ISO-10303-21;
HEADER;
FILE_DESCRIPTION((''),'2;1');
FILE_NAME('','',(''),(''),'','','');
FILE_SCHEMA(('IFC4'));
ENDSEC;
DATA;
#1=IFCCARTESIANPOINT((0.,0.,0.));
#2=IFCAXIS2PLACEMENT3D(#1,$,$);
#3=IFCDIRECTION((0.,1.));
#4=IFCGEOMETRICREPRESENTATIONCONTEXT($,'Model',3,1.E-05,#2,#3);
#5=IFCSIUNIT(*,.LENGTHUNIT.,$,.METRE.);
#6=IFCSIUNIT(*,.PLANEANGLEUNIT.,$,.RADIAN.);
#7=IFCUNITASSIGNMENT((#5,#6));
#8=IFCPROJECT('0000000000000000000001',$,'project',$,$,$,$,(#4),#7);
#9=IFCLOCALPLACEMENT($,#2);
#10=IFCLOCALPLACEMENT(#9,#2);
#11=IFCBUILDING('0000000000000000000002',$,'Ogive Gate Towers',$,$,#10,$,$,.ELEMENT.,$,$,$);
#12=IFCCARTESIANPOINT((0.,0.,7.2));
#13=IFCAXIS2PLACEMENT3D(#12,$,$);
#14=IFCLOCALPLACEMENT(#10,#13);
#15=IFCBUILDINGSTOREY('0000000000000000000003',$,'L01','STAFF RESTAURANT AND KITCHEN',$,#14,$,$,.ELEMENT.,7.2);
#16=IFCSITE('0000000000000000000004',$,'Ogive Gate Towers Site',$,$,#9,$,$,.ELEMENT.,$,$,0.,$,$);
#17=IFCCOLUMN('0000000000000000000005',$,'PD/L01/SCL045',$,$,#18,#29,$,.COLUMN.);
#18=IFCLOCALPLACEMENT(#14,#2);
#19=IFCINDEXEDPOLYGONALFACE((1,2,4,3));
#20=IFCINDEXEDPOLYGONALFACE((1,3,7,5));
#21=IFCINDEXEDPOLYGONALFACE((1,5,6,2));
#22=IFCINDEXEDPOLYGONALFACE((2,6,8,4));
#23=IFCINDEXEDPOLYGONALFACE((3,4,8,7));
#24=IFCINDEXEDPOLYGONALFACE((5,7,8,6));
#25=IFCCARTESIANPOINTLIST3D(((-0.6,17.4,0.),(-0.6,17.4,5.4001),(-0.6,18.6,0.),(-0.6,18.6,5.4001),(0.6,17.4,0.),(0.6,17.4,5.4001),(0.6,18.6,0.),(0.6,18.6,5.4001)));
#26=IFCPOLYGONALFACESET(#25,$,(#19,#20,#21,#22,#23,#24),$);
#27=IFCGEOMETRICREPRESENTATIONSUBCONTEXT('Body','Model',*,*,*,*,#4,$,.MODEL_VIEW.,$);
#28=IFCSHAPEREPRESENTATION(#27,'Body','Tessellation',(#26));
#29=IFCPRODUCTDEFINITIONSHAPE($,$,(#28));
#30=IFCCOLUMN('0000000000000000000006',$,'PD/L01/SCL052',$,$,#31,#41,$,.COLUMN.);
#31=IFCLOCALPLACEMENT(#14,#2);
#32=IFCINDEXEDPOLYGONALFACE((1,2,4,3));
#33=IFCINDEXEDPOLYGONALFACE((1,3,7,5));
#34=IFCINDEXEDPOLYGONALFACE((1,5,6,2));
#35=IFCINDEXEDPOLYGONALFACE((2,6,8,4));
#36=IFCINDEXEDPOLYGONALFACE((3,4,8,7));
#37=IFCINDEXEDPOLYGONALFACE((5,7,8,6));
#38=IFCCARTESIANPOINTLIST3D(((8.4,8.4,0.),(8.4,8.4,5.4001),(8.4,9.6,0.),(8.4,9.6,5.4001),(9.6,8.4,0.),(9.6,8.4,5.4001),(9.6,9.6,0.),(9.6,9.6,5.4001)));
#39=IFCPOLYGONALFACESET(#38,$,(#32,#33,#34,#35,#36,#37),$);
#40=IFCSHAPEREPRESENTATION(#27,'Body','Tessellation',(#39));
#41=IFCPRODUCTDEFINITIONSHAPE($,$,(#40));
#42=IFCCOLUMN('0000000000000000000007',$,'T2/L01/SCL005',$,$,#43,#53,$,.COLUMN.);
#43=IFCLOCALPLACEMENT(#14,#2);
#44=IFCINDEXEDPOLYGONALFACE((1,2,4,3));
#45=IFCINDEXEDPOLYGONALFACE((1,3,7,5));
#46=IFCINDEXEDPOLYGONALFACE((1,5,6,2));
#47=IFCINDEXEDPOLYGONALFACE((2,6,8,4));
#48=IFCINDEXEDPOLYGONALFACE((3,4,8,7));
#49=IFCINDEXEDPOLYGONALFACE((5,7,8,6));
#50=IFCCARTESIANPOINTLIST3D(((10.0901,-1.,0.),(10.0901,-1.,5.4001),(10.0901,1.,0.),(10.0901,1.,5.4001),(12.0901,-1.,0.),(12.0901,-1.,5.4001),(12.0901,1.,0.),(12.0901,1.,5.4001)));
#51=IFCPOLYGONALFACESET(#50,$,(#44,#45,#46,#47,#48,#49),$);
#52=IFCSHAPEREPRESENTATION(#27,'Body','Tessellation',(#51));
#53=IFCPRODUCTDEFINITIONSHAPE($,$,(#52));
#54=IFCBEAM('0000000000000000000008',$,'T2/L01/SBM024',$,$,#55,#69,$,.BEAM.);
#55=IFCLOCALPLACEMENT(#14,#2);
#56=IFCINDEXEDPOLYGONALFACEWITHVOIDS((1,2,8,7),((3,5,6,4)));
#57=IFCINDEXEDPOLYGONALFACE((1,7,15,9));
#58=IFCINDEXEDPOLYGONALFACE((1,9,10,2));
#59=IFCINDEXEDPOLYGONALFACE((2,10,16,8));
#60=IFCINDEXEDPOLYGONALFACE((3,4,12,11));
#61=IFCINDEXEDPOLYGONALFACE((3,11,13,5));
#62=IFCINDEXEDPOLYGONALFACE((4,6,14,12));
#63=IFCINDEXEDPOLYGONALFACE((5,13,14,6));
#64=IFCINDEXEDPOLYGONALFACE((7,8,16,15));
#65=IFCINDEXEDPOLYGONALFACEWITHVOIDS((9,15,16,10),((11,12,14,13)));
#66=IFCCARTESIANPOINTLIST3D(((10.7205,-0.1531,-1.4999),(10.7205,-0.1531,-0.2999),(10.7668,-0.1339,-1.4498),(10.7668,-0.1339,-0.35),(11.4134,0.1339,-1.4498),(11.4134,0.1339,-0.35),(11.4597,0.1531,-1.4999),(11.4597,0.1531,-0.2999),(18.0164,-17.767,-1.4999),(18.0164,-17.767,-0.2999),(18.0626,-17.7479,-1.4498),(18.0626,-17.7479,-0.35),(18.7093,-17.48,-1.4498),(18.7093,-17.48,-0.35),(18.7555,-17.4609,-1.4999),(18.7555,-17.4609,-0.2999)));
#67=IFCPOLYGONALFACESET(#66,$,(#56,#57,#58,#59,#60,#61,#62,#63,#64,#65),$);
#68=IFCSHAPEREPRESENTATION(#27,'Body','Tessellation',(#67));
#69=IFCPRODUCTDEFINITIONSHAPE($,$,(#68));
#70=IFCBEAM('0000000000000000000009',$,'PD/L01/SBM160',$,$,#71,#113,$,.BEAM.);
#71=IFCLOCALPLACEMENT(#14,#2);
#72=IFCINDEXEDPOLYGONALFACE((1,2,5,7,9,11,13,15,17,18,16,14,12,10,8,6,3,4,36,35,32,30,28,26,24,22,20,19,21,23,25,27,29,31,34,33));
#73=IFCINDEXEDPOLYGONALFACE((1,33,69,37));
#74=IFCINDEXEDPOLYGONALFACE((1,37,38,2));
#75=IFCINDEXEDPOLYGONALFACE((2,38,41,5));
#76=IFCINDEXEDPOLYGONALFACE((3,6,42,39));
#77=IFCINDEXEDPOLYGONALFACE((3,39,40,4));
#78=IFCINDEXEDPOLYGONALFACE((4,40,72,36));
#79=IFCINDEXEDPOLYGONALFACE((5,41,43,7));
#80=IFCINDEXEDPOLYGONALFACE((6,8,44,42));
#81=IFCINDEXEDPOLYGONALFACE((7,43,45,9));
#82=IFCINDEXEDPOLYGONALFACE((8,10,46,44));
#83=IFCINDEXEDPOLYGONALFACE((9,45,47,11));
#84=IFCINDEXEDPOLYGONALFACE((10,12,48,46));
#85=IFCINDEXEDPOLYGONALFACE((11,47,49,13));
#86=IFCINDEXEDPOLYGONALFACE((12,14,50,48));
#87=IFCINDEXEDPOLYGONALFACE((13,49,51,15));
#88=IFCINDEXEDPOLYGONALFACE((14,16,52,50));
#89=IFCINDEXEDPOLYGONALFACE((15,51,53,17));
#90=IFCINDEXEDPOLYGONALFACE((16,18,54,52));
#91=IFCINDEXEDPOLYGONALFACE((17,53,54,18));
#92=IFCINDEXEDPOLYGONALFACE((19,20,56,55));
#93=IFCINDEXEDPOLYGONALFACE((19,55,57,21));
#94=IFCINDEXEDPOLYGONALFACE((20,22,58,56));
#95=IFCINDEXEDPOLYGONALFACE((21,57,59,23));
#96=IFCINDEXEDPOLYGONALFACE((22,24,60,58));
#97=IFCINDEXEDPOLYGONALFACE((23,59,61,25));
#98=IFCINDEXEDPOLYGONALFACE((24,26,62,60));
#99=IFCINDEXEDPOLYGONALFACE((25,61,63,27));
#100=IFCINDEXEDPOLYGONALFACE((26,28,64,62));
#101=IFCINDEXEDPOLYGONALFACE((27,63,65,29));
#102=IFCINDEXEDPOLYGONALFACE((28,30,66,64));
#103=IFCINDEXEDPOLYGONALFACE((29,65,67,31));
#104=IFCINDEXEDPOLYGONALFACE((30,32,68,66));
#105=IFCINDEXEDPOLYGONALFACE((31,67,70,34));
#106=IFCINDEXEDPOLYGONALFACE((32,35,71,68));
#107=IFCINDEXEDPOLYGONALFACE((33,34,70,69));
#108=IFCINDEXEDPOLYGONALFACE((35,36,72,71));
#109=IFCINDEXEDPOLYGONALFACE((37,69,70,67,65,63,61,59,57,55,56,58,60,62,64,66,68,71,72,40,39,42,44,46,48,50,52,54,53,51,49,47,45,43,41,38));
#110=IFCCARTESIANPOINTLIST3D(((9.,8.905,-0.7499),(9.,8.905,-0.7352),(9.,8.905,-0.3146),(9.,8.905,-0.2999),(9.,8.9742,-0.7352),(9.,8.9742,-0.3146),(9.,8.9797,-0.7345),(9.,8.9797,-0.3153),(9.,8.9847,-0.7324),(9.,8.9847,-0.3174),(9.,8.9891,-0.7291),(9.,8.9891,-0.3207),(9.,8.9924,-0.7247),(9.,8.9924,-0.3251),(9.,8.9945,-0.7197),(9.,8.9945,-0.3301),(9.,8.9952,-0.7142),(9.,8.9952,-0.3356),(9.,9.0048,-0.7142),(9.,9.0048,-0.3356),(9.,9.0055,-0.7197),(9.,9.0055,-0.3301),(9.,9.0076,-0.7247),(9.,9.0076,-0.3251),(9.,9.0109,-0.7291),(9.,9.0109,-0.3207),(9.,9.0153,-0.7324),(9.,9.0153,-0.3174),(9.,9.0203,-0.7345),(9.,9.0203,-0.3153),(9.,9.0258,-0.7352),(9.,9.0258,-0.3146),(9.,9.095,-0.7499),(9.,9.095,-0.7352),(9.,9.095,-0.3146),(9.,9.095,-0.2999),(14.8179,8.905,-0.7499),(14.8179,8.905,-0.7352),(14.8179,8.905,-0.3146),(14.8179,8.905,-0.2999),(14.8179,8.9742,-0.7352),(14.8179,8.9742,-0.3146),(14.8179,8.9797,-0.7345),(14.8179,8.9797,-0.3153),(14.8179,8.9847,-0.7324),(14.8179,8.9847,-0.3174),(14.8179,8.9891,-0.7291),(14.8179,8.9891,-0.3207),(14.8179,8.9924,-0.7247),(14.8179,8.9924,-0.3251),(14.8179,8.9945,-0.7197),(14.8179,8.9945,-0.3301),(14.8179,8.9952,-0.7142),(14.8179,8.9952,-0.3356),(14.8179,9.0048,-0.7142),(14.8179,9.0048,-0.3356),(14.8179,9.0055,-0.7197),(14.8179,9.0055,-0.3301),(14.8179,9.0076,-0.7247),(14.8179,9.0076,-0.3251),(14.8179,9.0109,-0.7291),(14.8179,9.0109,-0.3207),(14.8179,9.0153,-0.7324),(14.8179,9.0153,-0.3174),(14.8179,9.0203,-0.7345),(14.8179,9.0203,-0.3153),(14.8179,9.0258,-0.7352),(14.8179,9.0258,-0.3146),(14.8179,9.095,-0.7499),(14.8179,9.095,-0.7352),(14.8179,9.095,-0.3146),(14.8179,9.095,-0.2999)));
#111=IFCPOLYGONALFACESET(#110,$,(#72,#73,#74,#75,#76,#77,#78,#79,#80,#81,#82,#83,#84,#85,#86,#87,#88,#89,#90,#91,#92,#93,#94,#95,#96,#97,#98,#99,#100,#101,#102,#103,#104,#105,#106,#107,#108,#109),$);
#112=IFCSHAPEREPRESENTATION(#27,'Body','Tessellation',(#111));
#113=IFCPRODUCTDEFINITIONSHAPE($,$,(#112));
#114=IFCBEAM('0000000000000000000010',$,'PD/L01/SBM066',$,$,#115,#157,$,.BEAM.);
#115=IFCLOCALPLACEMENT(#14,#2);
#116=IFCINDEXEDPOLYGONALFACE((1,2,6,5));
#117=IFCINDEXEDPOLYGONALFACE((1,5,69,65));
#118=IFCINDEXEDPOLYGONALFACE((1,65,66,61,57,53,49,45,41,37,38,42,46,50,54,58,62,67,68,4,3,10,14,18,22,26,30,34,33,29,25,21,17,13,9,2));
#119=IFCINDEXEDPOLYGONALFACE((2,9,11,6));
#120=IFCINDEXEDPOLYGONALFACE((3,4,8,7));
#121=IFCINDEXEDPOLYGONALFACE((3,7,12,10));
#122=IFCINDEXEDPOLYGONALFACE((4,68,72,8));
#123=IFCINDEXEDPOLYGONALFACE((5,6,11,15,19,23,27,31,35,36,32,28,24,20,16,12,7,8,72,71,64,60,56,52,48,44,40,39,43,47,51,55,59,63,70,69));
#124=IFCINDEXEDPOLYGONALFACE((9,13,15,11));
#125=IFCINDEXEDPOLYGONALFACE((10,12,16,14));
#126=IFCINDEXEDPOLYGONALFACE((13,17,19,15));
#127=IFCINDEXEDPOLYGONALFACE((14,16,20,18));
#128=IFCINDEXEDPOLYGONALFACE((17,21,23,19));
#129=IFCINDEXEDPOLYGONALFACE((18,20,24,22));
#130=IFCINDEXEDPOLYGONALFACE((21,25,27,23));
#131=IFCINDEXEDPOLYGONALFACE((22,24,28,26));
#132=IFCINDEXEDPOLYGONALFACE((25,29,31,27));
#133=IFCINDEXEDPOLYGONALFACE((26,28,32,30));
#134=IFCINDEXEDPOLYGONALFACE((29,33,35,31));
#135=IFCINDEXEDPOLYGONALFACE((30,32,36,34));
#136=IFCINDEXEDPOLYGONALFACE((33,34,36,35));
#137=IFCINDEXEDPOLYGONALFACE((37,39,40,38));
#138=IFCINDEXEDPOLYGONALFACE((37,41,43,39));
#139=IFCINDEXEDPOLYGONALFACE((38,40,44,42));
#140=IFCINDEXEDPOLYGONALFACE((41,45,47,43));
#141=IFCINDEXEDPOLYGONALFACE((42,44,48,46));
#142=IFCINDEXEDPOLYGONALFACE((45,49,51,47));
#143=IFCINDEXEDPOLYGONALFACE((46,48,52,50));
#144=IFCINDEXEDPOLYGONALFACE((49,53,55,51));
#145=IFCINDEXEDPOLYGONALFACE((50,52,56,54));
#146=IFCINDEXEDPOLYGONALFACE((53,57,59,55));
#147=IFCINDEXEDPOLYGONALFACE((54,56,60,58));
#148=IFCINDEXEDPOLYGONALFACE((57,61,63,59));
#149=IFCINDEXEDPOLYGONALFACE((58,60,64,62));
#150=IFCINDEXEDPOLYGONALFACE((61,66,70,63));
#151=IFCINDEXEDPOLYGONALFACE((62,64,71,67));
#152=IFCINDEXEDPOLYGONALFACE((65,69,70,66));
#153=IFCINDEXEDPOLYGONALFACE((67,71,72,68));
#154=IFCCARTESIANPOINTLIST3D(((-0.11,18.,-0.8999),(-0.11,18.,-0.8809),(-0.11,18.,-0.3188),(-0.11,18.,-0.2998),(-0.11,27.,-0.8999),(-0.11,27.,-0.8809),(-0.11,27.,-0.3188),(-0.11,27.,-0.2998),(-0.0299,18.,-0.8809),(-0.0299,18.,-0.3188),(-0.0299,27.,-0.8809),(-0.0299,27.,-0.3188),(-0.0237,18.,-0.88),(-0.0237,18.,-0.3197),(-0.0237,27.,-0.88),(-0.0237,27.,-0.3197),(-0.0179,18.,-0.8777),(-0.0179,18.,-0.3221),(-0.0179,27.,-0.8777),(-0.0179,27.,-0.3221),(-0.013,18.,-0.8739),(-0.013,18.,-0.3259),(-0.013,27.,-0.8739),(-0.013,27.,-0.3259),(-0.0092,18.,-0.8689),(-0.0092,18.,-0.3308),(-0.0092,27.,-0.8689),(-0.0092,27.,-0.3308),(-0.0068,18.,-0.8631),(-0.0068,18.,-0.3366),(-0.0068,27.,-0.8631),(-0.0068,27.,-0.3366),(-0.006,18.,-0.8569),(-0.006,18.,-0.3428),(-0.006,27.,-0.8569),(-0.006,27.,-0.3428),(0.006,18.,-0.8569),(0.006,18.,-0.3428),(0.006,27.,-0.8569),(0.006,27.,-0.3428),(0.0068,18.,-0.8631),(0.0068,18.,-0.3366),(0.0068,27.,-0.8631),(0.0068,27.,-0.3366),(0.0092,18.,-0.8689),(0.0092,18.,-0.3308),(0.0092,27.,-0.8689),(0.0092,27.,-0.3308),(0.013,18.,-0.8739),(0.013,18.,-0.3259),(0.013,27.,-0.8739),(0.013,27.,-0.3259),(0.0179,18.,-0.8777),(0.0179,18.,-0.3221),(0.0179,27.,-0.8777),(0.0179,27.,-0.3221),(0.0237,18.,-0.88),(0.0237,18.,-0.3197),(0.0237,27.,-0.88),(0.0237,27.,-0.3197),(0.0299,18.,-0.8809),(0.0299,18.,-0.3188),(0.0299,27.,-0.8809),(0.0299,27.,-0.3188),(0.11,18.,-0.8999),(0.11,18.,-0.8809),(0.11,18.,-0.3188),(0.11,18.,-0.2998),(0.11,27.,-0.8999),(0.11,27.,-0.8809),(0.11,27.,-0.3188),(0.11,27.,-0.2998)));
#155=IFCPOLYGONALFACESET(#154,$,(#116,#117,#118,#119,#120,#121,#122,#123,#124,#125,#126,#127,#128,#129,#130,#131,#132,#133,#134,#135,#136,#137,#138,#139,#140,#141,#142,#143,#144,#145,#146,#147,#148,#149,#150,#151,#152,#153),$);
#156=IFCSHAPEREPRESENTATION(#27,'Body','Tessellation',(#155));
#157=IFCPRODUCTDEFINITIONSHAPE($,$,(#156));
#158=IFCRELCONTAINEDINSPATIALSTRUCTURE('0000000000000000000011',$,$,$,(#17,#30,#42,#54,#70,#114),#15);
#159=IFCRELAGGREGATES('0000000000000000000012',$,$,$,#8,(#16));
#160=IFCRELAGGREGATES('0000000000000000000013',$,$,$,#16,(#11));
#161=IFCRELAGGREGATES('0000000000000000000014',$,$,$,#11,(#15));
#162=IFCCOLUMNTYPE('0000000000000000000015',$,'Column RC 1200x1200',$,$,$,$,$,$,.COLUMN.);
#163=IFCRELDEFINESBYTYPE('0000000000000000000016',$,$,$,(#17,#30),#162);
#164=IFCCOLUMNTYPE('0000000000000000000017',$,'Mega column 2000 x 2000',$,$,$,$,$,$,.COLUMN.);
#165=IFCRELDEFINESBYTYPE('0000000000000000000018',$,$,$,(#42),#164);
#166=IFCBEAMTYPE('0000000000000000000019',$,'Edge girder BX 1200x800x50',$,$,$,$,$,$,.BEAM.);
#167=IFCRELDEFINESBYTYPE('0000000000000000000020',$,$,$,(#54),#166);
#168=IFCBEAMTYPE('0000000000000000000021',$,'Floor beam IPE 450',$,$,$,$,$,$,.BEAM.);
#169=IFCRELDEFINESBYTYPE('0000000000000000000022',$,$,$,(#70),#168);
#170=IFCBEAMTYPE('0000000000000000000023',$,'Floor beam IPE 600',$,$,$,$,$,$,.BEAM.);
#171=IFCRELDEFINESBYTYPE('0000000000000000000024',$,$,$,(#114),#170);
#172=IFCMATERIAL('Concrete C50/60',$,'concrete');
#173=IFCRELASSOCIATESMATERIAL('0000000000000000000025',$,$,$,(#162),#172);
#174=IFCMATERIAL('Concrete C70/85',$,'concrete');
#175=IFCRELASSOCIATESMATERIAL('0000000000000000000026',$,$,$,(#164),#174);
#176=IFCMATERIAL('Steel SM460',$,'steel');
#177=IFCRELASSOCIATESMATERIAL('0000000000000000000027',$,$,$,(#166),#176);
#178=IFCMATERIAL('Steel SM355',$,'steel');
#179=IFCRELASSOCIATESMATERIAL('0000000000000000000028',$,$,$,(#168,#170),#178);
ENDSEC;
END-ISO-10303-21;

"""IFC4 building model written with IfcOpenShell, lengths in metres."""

from ifc_helpers import new_model, si_unit, direction, frame, origin, origin_2d, place, context, subcontext, project, spatial, rectangle, hollow_rectangle, i_section, extrude, material, material_profile, profile_set, type_object, element, save


model = new_model("IFC4")

# Units and contexts
model_context = context("Model", 3, precision=1e-05, world=origin(), true_north=direction((0.0, 1.0)))
body_context = subcontext(model_context, "Body", "Model", "MODEL_VIEW")
ifc_project = project(units=[si_unit("LENGTHUNIT", "METRE"), si_unit("PLANEANGLEUNIT", "RADIAN")], contexts=[model_context])

# Site, building, storey
site_placement = place(None, origin())
site = spatial("IfcSite", under=ifc_project, at=site_placement, Name="Ogive Gate Towers Site", CompositionType="ELEMENT", RefElevation=0.0)
building_placement = place(site_placement, origin())
building = spatial("IfcBuilding", under=site, at=building_placement, Name="Ogive Gate Towers", CompositionType="ELEMENT")
storey_placement = place(building_placement, frame((0.0, 0.0, 7.2)))
storey = spatial("IfcBuildingStorey", under=building, at=storey_placement, Name="L01", Description="STAFF RESTAURANT AND KITCHEN", CompositionType="ELEMENT", Elevation=7.2)

# Columns
ifc_material_1 = material(Name="Concrete C50/60", Category="concrete")
ifc_material_profile_1 = material_profile(ifc_material_1, rectangle(XDim=1.2, YDim=1.2, at=origin_2d()), Name="RC 1200x1200")
ifc_profile_set_1 = profile_set([ifc_material_profile_1], Name="Concrete C50/60")
column_type_1 = type_object("IfcColumnType", Name="Column RC 1200x1200", PredefinedType="COLUMN", material=ifc_profile_set_1)
for number, where, z_axis, x_axis, name in (
    (1, (0.0, 18.0, 0.0), (0.0, 0.0, 1.0), (1.0, 0.0, 0.0), "PD/L01/SCL045"),
    (2, (9.0, 9.0, 0.0), (0.0, 0.0, 1.0), (1.0, 0.0, 0.0), "PD/L01/SCL052"),
):
    element("IfcColumn", number, at=place(storey_placement, frame(where, z_axis=z_axis, x_axis=x_axis)), inside=storey, type_object=column_type_1, Name=name, PredefinedType="COLUMN", context=body_context, shape_type="SweptSolid", body=[
        extrude(rectangle(XDim=1.2, YDim=1.2, at=origin_2d()), origin(), (0.0, 0.0, 1.0), 5.4001),
    ])
ifc_material_2 = material(Name="Concrete C70/85", Category="concrete")
ifc_material_profile_2 = material_profile(ifc_material_2, rectangle(XDim=2.0, YDim=2.0, at=origin_2d()), Name="RC 2000x2000")
ifc_profile_set_2 = profile_set([ifc_material_profile_2], Name="Concrete C70/85")
column_type_2 = type_object("IfcColumnType", Name="Mega column 2000 x 2000", PredefinedType="COLUMN", material=ifc_profile_set_2)
column_placement = place(storey_placement, frame((11.0901, 0.0, 0.0), z_axis=(0.0, 0.0, 1.0), x_axis=(-1.0, 0.0, 0.0)))
element("IfcColumn", 3, at=column_placement, inside=storey, type_object=column_type_2, Name="T2/L01/SCL005", PredefinedType="COLUMN", context=body_context, shape_type="SweptSolid", body=[
    extrude(rectangle(XDim=2.0, YDim=2.0, at=origin_2d()), origin(), (0.0, 0.0, 1.0), 5.4001),
])

# Beams
ifc_material_3 = material(Name="Steel SM460", Category="steel")
ifc_material_profile_3 = material_profile(ifc_material_3, hollow_rectangle(XDim=0.8, YDim=1.2, WallThickness=0.05, at=origin_2d()), Name="BX 1200x800x50")
ifc_profile_set_3 = profile_set([ifc_material_profile_3], Name="Steel SM460")
beam_type_1 = type_object("IfcBeamType", Name="Edge girder BX 1200x800x50", PredefinedType="BEAM", material=ifc_profile_set_3)
beam_1_placement = place(storey_placement, frame((11.0901, 0.0, -0.8999), z_axis=(0.382681, -0.923881, 0.0), x_axis=(0.923881, 0.382681, 0.0)))
element("IfcBeam", 4, at=beam_1_placement, inside=storey, type_object=beam_type_1, Name="T2/L01/SBM024", PredefinedType="BEAM", context=body_context, shape_type="SweptSolid", body=[
    extrude(hollow_rectangle(XDim=0.8, YDim=1.2, WallThickness=0.05, at=origin_2d()), origin(), (0.0, 0.0, 1.0), 19.0652),
])
ifc_material_4 = material(Name="Steel SM355", Category="steel")
ifc_material_profile_4 = material_profile(ifc_material_4, i_section(OverallWidth=0.1899, OverallDepth=0.45, WebThickness=0.0095, FlangeThickness=0.0146, FilletRadius=0.021, at=origin_2d()), Name="IPE 450")
ifc_profile_set_4 = profile_set([ifc_material_profile_4], Name="Steel SM355")
beam_type_2 = type_object("IfcBeamType", Name="Floor beam IPE 450", PredefinedType="BEAM", material=ifc_profile_set_4)
beam_2_placement = place(storey_placement, frame((9.0, 9.0, -0.5249), z_axis=(1.0, 0.0, 0.0), x_axis=(0.0, 1.0, 0.0)))
element("IfcBeam", 5, at=beam_2_placement, inside=storey, type_object=beam_type_2, Name="PD/L01/SBM160", PredefinedType="BEAM", context=body_context, shape_type="SweptSolid", body=[
    extrude(i_section(OverallWidth=0.1899, OverallDepth=0.45, WebThickness=0.0095, FlangeThickness=0.0146, FilletRadius=0.021, at=origin_2d()), origin(), (0.0, 0.0, 1.0), 5.8179),
])
ifc_material_profile_5 = material_profile(ifc_material_4, i_section(OverallWidth=0.22, OverallDepth=0.6001, WebThickness=0.012, FlangeThickness=0.019, FilletRadius=0.0239, at=origin_2d()), Name="IPE 600")
ifc_profile_set_5 = profile_set([ifc_material_profile_5], Name="Steel SM355")
beam_type_3 = type_object("IfcBeamType", Name="Floor beam IPE 600", PredefinedType="BEAM", material=ifc_profile_set_5)
for number, where, z_axis, x_axis, name in (
    (6, (0.0, 18.0, -0.5999), (0.0, 1.0, 0.0), (-1.0, 0.0, 0.0), "PD/L01/SBM066"),
):
    element("IfcBeam", number, at=place(storey_placement, frame(where, z_axis=z_axis, x_axis=x_axis)), inside=storey, type_object=beam_type_3, Name=name, PredefinedType="BEAM", context=body_context, shape_type="SweptSolid", body=[
        extrude(i_section(OverallWidth=0.22, OverallDepth=0.6001, WebThickness=0.012, FlangeThickness=0.019, FilletRadius=0.0239, at=origin_2d()), origin(), (0.0, 0.0, 1.0), 9.0),
    ])

save(model, "model.ifc")
